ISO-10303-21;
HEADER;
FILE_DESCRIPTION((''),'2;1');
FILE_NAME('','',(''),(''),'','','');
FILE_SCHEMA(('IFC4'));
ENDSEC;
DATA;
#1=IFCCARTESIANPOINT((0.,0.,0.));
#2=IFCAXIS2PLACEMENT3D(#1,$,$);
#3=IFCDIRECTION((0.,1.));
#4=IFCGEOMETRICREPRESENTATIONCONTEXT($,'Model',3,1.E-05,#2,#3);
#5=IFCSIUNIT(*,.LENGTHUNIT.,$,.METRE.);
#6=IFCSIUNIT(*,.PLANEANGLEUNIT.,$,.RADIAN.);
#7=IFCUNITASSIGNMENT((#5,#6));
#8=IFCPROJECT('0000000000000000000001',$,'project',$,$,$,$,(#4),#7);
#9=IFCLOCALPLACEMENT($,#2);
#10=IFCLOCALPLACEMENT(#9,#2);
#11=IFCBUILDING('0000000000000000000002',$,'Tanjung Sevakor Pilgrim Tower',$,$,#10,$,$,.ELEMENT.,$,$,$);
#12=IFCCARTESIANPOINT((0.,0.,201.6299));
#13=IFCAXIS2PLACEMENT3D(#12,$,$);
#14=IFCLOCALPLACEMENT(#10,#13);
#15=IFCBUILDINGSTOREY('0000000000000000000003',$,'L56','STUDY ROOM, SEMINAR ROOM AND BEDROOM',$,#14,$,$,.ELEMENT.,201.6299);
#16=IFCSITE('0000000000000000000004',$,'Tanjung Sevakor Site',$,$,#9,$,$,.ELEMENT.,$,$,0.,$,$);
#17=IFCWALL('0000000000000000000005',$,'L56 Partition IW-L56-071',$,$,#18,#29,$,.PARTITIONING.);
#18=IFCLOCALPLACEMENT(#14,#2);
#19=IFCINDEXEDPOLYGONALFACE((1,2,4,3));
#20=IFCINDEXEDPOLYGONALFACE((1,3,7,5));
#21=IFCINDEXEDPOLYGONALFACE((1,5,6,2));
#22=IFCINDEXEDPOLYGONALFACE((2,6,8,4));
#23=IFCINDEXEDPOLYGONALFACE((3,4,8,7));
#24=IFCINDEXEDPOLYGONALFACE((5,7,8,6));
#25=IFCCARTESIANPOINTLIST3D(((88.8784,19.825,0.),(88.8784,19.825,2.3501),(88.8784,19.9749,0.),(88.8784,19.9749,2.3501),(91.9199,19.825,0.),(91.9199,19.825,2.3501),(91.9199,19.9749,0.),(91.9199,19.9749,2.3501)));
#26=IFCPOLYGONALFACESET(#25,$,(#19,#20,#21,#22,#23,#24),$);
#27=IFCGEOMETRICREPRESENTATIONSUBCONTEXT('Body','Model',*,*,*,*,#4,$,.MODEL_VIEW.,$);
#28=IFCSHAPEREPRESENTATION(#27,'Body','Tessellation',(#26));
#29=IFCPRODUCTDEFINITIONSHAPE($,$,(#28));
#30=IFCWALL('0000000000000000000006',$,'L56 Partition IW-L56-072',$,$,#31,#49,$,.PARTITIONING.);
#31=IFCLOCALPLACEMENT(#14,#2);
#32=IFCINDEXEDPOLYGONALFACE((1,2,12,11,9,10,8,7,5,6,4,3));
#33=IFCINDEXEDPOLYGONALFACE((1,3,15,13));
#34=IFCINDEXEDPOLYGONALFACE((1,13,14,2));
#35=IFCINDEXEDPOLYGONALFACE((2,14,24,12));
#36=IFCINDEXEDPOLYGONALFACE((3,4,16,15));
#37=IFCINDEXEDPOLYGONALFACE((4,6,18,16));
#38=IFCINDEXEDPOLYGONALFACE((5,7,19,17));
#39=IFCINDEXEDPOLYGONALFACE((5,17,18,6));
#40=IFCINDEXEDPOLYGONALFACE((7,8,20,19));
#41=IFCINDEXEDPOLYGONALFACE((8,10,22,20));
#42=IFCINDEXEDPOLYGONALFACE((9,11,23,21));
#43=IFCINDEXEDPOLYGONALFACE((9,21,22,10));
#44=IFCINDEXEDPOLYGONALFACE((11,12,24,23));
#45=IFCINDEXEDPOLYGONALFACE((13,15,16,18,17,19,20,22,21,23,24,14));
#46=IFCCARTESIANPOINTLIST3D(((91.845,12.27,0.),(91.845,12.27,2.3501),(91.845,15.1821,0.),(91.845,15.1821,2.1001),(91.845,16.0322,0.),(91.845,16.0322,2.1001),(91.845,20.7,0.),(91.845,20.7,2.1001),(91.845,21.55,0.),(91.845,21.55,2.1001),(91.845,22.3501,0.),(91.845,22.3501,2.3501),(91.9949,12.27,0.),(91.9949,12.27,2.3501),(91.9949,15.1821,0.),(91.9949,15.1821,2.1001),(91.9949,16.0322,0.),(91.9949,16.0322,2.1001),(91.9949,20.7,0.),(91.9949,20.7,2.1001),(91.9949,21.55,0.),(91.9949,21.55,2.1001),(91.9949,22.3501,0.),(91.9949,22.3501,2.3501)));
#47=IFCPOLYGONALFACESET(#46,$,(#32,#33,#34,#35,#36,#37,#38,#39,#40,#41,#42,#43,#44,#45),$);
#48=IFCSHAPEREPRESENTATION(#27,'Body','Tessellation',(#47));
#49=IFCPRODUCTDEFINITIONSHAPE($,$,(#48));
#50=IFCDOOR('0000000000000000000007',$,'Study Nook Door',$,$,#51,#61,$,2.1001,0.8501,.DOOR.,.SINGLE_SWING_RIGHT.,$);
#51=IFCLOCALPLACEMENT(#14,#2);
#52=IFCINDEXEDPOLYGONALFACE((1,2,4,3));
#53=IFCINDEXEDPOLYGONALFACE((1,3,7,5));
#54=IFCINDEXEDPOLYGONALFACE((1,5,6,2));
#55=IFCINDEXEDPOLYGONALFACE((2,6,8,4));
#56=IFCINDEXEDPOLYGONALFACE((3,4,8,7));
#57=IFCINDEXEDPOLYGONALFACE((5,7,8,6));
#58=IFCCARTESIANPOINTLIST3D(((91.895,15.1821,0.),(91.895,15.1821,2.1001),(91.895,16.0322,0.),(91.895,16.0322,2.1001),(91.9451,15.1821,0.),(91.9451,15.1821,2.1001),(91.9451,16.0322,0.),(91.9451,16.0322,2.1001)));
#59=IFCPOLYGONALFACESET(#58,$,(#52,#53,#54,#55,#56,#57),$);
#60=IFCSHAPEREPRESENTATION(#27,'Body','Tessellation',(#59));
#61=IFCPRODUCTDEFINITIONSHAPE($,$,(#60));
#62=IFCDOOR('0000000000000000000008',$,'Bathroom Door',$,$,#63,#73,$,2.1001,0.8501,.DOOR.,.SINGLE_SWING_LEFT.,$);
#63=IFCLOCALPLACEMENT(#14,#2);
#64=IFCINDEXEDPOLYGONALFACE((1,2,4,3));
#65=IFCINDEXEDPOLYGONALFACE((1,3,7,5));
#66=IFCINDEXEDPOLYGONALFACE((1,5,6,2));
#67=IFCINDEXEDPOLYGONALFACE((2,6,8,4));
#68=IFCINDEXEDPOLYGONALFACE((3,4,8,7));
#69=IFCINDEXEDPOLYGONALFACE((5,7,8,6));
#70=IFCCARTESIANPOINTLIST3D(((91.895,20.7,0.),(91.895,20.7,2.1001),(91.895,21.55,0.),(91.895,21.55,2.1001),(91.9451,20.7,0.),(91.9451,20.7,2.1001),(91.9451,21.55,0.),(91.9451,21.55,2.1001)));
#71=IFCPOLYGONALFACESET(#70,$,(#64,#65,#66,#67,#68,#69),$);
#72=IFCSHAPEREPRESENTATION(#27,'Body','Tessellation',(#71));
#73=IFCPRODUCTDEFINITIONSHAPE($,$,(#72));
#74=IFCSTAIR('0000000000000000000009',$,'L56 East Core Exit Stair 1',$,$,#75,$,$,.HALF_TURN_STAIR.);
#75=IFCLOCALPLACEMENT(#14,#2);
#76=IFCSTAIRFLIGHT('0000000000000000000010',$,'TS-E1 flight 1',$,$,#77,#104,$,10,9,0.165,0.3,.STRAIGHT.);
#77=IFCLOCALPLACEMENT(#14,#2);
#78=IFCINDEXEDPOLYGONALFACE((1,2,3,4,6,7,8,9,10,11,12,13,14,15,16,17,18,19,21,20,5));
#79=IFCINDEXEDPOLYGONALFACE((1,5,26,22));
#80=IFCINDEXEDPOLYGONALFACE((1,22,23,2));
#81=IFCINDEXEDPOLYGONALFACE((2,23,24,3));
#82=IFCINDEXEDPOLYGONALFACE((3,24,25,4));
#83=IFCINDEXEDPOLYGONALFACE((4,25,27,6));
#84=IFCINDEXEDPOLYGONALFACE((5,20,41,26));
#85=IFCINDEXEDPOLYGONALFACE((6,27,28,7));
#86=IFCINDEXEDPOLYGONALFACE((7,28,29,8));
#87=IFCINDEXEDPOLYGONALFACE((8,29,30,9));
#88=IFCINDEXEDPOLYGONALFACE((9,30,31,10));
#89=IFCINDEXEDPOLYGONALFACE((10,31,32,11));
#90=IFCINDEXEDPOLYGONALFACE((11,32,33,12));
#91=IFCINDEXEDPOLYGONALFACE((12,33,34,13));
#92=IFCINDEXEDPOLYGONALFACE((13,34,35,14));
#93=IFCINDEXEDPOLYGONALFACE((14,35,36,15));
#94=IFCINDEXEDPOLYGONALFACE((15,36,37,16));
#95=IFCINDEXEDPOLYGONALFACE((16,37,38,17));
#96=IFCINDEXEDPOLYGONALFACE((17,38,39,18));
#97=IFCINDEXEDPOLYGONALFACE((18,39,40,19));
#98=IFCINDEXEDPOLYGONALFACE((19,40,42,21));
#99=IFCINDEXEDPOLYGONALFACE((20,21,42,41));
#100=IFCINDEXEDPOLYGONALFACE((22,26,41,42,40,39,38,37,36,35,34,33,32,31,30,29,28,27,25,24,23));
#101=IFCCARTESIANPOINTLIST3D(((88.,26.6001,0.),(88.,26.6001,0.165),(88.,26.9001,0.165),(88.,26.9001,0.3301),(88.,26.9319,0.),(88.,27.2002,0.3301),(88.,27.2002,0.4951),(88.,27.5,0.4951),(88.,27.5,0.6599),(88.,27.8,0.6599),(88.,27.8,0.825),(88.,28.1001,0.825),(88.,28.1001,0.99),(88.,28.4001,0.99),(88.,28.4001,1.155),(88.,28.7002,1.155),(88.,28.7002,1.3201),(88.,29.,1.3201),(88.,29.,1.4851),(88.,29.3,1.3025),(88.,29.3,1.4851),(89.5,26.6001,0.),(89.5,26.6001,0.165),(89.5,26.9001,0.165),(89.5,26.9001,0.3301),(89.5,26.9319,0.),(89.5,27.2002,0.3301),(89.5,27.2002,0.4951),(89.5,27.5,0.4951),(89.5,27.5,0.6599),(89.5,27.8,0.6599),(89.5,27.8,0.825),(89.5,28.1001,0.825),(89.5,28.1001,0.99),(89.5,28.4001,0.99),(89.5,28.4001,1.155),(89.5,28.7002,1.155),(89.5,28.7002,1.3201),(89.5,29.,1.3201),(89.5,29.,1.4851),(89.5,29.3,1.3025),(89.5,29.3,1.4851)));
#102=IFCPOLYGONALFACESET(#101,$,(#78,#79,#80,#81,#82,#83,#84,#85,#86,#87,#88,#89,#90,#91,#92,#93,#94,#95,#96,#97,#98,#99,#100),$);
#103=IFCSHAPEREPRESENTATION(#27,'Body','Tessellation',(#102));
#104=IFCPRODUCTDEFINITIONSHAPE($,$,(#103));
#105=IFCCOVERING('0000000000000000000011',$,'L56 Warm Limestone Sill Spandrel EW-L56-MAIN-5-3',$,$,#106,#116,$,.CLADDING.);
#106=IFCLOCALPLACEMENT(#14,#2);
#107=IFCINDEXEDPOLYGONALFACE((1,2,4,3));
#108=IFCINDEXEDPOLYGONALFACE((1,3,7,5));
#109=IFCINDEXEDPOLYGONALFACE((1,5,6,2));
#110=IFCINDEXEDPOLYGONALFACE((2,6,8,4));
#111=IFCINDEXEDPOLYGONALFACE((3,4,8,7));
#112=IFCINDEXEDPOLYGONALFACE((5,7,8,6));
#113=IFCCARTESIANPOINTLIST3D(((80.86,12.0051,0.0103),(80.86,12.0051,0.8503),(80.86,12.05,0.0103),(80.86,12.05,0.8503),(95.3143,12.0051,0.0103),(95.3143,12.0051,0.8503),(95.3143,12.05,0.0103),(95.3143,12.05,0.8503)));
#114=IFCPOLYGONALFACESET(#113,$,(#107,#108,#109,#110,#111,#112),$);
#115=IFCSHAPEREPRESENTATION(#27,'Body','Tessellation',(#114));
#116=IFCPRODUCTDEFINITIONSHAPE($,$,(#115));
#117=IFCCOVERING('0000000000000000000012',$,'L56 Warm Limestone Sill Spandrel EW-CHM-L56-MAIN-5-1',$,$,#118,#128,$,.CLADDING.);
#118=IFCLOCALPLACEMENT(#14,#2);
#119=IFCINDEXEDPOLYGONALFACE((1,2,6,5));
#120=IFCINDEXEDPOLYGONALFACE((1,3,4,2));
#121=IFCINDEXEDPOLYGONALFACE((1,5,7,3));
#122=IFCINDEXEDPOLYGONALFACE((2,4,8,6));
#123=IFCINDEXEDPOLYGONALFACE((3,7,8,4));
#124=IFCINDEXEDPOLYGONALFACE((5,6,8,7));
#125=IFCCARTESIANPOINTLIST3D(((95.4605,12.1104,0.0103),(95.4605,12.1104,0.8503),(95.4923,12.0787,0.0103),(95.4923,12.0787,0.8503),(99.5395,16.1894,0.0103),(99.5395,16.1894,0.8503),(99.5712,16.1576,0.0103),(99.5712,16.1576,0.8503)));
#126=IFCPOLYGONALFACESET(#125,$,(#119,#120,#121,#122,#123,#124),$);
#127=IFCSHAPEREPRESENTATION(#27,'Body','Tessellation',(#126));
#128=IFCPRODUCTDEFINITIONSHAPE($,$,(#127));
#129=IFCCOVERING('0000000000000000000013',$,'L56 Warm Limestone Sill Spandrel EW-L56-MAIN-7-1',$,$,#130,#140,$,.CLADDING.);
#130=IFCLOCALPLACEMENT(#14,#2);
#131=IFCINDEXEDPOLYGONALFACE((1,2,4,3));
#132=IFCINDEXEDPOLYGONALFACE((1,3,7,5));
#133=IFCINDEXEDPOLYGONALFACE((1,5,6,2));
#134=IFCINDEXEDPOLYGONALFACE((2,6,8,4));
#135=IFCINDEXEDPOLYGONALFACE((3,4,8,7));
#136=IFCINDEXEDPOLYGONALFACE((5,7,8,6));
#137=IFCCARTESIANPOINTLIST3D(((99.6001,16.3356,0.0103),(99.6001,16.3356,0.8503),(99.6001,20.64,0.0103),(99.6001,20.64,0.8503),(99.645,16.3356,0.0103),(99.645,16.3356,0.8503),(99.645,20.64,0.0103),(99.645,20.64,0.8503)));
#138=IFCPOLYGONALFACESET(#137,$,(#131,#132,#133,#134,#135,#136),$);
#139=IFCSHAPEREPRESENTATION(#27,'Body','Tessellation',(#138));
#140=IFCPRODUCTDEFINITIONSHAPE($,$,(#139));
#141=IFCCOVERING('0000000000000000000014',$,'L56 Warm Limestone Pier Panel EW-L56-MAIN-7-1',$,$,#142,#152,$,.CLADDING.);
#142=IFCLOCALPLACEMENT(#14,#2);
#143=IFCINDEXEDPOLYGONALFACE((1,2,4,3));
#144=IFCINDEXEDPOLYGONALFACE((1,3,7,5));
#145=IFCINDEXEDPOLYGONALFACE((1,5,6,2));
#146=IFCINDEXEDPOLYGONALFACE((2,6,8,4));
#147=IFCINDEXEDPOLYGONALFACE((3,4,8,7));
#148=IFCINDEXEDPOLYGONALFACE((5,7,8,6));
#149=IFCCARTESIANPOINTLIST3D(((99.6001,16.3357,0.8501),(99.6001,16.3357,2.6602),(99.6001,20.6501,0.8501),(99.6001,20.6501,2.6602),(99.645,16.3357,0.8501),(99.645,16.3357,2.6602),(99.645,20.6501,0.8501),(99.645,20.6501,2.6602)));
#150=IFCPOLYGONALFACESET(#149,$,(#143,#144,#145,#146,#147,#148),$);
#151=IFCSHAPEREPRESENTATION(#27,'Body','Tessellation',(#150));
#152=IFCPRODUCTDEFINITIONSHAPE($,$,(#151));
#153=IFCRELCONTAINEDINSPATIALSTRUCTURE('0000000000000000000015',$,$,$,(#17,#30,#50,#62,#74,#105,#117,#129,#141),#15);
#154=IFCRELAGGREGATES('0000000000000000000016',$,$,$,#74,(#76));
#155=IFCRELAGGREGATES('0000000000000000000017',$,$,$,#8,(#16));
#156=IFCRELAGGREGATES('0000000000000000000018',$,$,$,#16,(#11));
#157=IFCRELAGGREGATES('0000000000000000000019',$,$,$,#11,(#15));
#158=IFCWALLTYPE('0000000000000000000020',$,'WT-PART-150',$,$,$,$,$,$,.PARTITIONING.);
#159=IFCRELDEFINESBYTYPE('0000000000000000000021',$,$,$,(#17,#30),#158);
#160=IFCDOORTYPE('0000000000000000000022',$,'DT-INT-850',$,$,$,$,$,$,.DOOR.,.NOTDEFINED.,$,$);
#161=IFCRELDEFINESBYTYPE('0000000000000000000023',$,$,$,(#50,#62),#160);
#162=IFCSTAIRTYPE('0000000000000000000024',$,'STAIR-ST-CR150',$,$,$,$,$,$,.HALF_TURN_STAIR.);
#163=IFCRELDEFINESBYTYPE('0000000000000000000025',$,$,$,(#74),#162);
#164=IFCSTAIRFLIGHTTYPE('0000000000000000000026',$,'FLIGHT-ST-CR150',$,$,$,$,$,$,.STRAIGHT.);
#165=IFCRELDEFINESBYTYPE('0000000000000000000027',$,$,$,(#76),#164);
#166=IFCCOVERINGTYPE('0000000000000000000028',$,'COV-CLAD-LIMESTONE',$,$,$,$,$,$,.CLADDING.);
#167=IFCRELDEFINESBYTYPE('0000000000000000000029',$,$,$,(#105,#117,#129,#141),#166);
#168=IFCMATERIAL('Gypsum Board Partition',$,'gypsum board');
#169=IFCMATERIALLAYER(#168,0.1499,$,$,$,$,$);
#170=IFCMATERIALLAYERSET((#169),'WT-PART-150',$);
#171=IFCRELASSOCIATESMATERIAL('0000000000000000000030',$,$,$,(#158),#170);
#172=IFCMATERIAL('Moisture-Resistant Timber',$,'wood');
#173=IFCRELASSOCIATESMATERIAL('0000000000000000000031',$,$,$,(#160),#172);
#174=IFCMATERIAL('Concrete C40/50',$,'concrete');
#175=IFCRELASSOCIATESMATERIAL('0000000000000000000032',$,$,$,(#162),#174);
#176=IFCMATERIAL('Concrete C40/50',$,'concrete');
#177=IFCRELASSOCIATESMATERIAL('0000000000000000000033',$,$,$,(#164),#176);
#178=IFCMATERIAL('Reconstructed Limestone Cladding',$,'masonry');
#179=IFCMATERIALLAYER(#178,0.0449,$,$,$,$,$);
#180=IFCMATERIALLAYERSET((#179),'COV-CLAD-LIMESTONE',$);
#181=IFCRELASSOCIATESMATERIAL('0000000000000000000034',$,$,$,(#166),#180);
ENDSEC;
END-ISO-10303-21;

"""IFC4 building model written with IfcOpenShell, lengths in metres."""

from ifc_helpers import new_model, si_unit, direction, frame, frame_2d, origin, origin_2d, place, context, subcontext, project, spatial, polyline, rectangle, outline, extrude, material, layer, layer_set, type_object, element, fill, aggregate, save


model = new_model("IFC4")

# Units and contexts
model_context = context("Model", 3, precision=1e-05, world=origin(), true_north=direction((0.0, 1.0)))
body_context = subcontext(model_context, "Body", "Model", "MODEL_VIEW")
ifc_project = project(units=[si_unit("LENGTHUNIT", "METRE"), si_unit("PLANEANGLEUNIT", "RADIAN")], contexts=[model_context])

# Site, building, storey
site_placement = place(None, origin())
site = spatial("IfcSite", under=ifc_project, at=site_placement, Name="Tanjung Sevakor Site", CompositionType="ELEMENT", RefElevation=0.0)
building_placement = place(site_placement, origin())
building = spatial("IfcBuilding", under=site, at=building_placement, Name="Tanjung Sevakor Pilgrim Tower", CompositionType="ELEMENT")
storey_placement = place(building_placement, frame((0.0, 0.0, 201.6299)))
storey = spatial("IfcBuildingStorey", under=building, at=storey_placement, Name="L56", Description="STUDY ROOM, SEMINAR ROOM AND BEDROOM", CompositionType="ELEMENT", Elevation=201.6299)

# Wall
ifc_material_1 = material(Name="Gypsum Board Partition", Category="gypsum board")
ifc_layer_1 = layer(ifc_material_1, 0.1499)
ifc_layer_set_1 = layer_set([ifc_layer_1], Name="WT-PART-150")
wall_type_1 = type_object("IfcWallType", Name="WT-PART-150", PredefinedType="PARTITIONING", material=ifc_layer_set_1)
wall_1_placement = place(storey_placement, frame((88.8784, 19.8999, 0.0), z_axis=(0.0, 0.0, 1.0), x_axis=(1.0, 0.0, 0.0)))
element("IfcWall", 1, at=wall_1_placement, inside=storey, type_object=wall_type_1, Name="L56 Partition IW-L56-071", PredefinedType="PARTITIONING", context=body_context, shape_type="SweptSolid", body=[
    extrude(rectangle(XDim=3.0415, YDim=0.1499, at=frame_2d((1.5208, 0.0))), origin(), (0.0, 0.0, 1.0), 2.3501),
])

# Wall, openings, doors
wall_2_placement = place(storey_placement, frame((91.9199, 12.27, 0.0), z_axis=(0.0, 0.0, 1.0), x_axis=(0.0, 1.0, 0.0)))
wall_2 = element("IfcWall", 2, at=wall_2_placement, inside=storey, type_object=wall_type_1, Name="L56 Partition IW-L56-072", PredefinedType="PARTITIONING", context=body_context, shape_type="SweptSolid", body=[
    extrude(rectangle(XDim=10.0801, YDim=0.1499, at=frame_2d((5.04, 0.0))), origin(), (0.0, 0.0, 1.0), 2.3501),
])
opening_1_placement = place(wall_2_placement, frame((2.9121, 0.0, 0.0)))
opening_1 = element("IfcOpeningElement", 3, at=opening_1_placement, cuts=wall_2, PredefinedType="OPENING", context=body_context, shape_type="SweptSolid", body=[
    extrude(rectangle(XDim=0.8501, YDim=2.1001, at=frame_2d((0.425, 1.05))), frame((0.0, 0.085, 0.0), z_axis=(0.0, -1.0, 0.0), x_axis=(1.0, 0.0, 0.0)), (0.0, 0.0, 1.0), 0.1699),
])
opening_2_placement = place(wall_2_placement, frame((8.4299, 0.0, 0.0)))
opening_2 = element("IfcOpeningElement", 4, at=opening_2_placement, cuts=wall_2, PredefinedType="OPENING", context=body_context, shape_type="SweptSolid", body=[
    extrude(rectangle(XDim=0.8501, YDim=2.1001, at=frame_2d((0.425, 1.05))), frame((0.0, 0.085, 0.0), z_axis=(0.0, -1.0, 0.0), x_axis=(1.0, 0.0, 0.0)), (0.0, 0.0, 1.0), 0.1699),
])
ifc_material_2 = material(Name="Moisture-Resistant Timber", Category="wood")
door_type_1 = type_object("IfcDoorType", Name="DT-INT-850", OperationType="NOTDEFINED", PredefinedType="DOOR", material=ifc_material_2)
door_1_placement = place(opening_1_placement, origin())
door_1 = element("IfcDoor", 5, at=door_1_placement, inside=storey, type_object=door_type_1, Name="Study Nook Door", OperationType="SINGLE_SWING_RIGHT", OverallHeight=2.1001, OverallWidth=0.8501, PredefinedType="DOOR", context=body_context, shape_type="SweptSolid", body=[
    extrude(rectangle(XDim=0.8501, YDim=2.1001, at=frame_2d((0.425, 1.05))), frame((0.0, 0.0249, 0.0), z_axis=(0.0, -1.0, 0.0), x_axis=(1.0, 0.0, 0.0)), (0.0, 0.0, 1.0), 0.05),
])
fill(opening_1, door_1)
door_2_placement = place(opening_2_placement, origin())
door_2 = element("IfcDoor", 6, at=door_2_placement, inside=storey, type_object=door_type_1, Name="Bathroom Door", OperationType="SINGLE_SWING_LEFT", OverallHeight=2.1001, OverallWidth=0.8501, PredefinedType="DOOR", context=body_context, shape_type="SweptSolid", body=[
    extrude(rectangle(XDim=0.8501, YDim=2.1001, at=frame_2d((0.425, 1.05))), frame((0.0, 0.0249, 0.0), z_axis=(0.0, -1.0, 0.0), x_axis=(1.0, 0.0, 0.0)), (0.0, 0.0, 1.0), 0.05),
])
fill(opening_2, door_2)

# Stair, stair flight
ifc_material_3 = material(Name="Concrete C40/50", Category="concrete")
stair_type = type_object("IfcStairType", Name="STAIR-ST-CR150", PredefinedType="HALF_TURN_STAIR", material=ifc_material_3)
stair_placement = place(storey_placement, origin())
stair = element("IfcStair", 7, at=stair_placement, inside=storey, type_object=stair_type, Name="L56 East Core Exit Stair 1", PredefinedType="HALF_TURN_STAIR")
ifc_material_4 = material(Name="Concrete C40/50", Category="concrete")
stair_flight_type = type_object("IfcStairFlightType", Name="FLIGHT-ST-CR150", PredefinedType="STRAIGHT", material=ifc_material_4)
stair_flight_placement = place(storey_placement, frame((88.75, 26.6001, 0.0), z_axis=(0.0, 0.0, 1.0), x_axis=(0.0, 1.0, 0.0)))
stair_flight = element("IfcStairFlight", 8, at=stair_flight_placement, type_object=stair_flight_type, Name="TS-E1 flight 1", NumberOfRisers=10, NumberOfTreads=9, PredefinedType="STRAIGHT", RiserHeight=0.165, TreadLength=0.3, context=body_context, shape_type="SweptSolid", body=[
    extrude(outline(polyline([(0.0, 0.0), (0.0, 0.165), (0.3, 0.165), (0.3, 0.3301), (0.6001, 0.3301), (0.6001, 0.4951), (0.8999, 0.4951), (0.8999, 0.6599), (1.2, 0.6599), (1.2, 0.825), (1.5, 0.825), (1.5, 0.99), (1.8, 0.99), (1.8, 1.155), (2.1001, 1.155), (2.1001, 1.3201), (2.3999, 1.3201), (2.3999, 1.4851), (2.7, 1.4851), (2.7, 1.6499), (2.7, 1.3025), (0.3318, 0.0), (0.0, 0.0)])), frame((0.0, 0.75, 0.0), z_axis=(0.0, -1.0, 0.0), x_axis=(1.0, 0.0, 0.0)), (0.0, 0.0, 1.0), 1.5),
])
aggregate(stair, [stair_flight])

# Coverings
ifc_material_5 = material(Name="Reconstructed Limestone Cladding", Category="masonry")
ifc_layer_2 = layer(ifc_material_5, 0.0449)
ifc_layer_set_2 = layer_set([ifc_layer_2], Name="COV-CLAD-LIMESTONE")
covering_type = type_object("IfcCoveringType", Name="COV-CLAD-LIMESTONE", PredefinedType="CLADDING", material=ifc_layer_set_2)
covering_1_placement = place(storey_placement, frame((88.0872, 12.0276, 0.0103), z_axis=(0.0, 0.0, 1.0), x_axis=(1.0, 0.0, 0.0)))
element("IfcCovering", 9, at=covering_1_placement, inside=storey, type_object=covering_type, Name="L56 Warm Limestone Sill Spandrel EW-L56-MAIN-5-3", PredefinedType="CLADDING", context=body_context, shape_type="SweptSolid", body=[
    extrude(rectangle(XDim=14.4543, YDim=0.0449, at=origin_2d()), origin(), (0.0, 0.0, 1.0), 0.8401),
])
covering_2_placement = place(storey_placement, frame((97.5159, 14.134, 0.0103), z_axis=(0.0, 0.0, 1.0), x_axis=(0.707107, 0.707107, 0.0)))
element("IfcCovering", 10, at=covering_2_placement, inside=storey, type_object=covering_type, Name="L56 Warm Limestone Sill Spandrel EW-CHM-L56-MAIN-5-1", PredefinedType="CLADDING", context=body_context, shape_type="SweptSolid", body=[
    extrude(rectangle(XDim=5.7686, YDim=0.0449, at=origin_2d()), origin(), (0.0, 0.0, 1.0), 0.8401),
])
covering_3_placement = place(storey_placement, frame((99.6226, 18.4878, 0.0103), z_axis=(0.0, 0.0, 1.0), x_axis=(0.0, 1.0, 0.0)))
element("IfcCovering", 11, at=covering_3_placement, inside=storey, type_object=covering_type, Name="L56 Warm Limestone Sill Spandrel EW-L56-MAIN-7-1", PredefinedType="CLADDING", context=body_context, shape_type="SweptSolid", body=[
    extrude(rectangle(XDim=4.3044, YDim=0.0449, at=origin_2d()), origin(), (0.0, 0.0, 1.0), 0.8401),
])
covering_4_placement = place(storey_placement, frame((99.6226, 18.4929, 0.8501), z_axis=(0.0, 0.0, 1.0), x_axis=(0.0, 1.0, 0.0)))
element("IfcCovering", 12, at=covering_4_placement, inside=storey, type_object=covering_type, Name="L56 Warm Limestone Pier Panel EW-L56-MAIN-7-1", PredefinedType="CLADDING", context=body_context, shape_type="SweptSolid", body=[
    extrude(rectangle(XDim=4.3145, YDim=0.0449, at=origin_2d()), origin(), (0.0, 0.0, 1.0), 1.8101),
])

save(model, "model.ifc")
